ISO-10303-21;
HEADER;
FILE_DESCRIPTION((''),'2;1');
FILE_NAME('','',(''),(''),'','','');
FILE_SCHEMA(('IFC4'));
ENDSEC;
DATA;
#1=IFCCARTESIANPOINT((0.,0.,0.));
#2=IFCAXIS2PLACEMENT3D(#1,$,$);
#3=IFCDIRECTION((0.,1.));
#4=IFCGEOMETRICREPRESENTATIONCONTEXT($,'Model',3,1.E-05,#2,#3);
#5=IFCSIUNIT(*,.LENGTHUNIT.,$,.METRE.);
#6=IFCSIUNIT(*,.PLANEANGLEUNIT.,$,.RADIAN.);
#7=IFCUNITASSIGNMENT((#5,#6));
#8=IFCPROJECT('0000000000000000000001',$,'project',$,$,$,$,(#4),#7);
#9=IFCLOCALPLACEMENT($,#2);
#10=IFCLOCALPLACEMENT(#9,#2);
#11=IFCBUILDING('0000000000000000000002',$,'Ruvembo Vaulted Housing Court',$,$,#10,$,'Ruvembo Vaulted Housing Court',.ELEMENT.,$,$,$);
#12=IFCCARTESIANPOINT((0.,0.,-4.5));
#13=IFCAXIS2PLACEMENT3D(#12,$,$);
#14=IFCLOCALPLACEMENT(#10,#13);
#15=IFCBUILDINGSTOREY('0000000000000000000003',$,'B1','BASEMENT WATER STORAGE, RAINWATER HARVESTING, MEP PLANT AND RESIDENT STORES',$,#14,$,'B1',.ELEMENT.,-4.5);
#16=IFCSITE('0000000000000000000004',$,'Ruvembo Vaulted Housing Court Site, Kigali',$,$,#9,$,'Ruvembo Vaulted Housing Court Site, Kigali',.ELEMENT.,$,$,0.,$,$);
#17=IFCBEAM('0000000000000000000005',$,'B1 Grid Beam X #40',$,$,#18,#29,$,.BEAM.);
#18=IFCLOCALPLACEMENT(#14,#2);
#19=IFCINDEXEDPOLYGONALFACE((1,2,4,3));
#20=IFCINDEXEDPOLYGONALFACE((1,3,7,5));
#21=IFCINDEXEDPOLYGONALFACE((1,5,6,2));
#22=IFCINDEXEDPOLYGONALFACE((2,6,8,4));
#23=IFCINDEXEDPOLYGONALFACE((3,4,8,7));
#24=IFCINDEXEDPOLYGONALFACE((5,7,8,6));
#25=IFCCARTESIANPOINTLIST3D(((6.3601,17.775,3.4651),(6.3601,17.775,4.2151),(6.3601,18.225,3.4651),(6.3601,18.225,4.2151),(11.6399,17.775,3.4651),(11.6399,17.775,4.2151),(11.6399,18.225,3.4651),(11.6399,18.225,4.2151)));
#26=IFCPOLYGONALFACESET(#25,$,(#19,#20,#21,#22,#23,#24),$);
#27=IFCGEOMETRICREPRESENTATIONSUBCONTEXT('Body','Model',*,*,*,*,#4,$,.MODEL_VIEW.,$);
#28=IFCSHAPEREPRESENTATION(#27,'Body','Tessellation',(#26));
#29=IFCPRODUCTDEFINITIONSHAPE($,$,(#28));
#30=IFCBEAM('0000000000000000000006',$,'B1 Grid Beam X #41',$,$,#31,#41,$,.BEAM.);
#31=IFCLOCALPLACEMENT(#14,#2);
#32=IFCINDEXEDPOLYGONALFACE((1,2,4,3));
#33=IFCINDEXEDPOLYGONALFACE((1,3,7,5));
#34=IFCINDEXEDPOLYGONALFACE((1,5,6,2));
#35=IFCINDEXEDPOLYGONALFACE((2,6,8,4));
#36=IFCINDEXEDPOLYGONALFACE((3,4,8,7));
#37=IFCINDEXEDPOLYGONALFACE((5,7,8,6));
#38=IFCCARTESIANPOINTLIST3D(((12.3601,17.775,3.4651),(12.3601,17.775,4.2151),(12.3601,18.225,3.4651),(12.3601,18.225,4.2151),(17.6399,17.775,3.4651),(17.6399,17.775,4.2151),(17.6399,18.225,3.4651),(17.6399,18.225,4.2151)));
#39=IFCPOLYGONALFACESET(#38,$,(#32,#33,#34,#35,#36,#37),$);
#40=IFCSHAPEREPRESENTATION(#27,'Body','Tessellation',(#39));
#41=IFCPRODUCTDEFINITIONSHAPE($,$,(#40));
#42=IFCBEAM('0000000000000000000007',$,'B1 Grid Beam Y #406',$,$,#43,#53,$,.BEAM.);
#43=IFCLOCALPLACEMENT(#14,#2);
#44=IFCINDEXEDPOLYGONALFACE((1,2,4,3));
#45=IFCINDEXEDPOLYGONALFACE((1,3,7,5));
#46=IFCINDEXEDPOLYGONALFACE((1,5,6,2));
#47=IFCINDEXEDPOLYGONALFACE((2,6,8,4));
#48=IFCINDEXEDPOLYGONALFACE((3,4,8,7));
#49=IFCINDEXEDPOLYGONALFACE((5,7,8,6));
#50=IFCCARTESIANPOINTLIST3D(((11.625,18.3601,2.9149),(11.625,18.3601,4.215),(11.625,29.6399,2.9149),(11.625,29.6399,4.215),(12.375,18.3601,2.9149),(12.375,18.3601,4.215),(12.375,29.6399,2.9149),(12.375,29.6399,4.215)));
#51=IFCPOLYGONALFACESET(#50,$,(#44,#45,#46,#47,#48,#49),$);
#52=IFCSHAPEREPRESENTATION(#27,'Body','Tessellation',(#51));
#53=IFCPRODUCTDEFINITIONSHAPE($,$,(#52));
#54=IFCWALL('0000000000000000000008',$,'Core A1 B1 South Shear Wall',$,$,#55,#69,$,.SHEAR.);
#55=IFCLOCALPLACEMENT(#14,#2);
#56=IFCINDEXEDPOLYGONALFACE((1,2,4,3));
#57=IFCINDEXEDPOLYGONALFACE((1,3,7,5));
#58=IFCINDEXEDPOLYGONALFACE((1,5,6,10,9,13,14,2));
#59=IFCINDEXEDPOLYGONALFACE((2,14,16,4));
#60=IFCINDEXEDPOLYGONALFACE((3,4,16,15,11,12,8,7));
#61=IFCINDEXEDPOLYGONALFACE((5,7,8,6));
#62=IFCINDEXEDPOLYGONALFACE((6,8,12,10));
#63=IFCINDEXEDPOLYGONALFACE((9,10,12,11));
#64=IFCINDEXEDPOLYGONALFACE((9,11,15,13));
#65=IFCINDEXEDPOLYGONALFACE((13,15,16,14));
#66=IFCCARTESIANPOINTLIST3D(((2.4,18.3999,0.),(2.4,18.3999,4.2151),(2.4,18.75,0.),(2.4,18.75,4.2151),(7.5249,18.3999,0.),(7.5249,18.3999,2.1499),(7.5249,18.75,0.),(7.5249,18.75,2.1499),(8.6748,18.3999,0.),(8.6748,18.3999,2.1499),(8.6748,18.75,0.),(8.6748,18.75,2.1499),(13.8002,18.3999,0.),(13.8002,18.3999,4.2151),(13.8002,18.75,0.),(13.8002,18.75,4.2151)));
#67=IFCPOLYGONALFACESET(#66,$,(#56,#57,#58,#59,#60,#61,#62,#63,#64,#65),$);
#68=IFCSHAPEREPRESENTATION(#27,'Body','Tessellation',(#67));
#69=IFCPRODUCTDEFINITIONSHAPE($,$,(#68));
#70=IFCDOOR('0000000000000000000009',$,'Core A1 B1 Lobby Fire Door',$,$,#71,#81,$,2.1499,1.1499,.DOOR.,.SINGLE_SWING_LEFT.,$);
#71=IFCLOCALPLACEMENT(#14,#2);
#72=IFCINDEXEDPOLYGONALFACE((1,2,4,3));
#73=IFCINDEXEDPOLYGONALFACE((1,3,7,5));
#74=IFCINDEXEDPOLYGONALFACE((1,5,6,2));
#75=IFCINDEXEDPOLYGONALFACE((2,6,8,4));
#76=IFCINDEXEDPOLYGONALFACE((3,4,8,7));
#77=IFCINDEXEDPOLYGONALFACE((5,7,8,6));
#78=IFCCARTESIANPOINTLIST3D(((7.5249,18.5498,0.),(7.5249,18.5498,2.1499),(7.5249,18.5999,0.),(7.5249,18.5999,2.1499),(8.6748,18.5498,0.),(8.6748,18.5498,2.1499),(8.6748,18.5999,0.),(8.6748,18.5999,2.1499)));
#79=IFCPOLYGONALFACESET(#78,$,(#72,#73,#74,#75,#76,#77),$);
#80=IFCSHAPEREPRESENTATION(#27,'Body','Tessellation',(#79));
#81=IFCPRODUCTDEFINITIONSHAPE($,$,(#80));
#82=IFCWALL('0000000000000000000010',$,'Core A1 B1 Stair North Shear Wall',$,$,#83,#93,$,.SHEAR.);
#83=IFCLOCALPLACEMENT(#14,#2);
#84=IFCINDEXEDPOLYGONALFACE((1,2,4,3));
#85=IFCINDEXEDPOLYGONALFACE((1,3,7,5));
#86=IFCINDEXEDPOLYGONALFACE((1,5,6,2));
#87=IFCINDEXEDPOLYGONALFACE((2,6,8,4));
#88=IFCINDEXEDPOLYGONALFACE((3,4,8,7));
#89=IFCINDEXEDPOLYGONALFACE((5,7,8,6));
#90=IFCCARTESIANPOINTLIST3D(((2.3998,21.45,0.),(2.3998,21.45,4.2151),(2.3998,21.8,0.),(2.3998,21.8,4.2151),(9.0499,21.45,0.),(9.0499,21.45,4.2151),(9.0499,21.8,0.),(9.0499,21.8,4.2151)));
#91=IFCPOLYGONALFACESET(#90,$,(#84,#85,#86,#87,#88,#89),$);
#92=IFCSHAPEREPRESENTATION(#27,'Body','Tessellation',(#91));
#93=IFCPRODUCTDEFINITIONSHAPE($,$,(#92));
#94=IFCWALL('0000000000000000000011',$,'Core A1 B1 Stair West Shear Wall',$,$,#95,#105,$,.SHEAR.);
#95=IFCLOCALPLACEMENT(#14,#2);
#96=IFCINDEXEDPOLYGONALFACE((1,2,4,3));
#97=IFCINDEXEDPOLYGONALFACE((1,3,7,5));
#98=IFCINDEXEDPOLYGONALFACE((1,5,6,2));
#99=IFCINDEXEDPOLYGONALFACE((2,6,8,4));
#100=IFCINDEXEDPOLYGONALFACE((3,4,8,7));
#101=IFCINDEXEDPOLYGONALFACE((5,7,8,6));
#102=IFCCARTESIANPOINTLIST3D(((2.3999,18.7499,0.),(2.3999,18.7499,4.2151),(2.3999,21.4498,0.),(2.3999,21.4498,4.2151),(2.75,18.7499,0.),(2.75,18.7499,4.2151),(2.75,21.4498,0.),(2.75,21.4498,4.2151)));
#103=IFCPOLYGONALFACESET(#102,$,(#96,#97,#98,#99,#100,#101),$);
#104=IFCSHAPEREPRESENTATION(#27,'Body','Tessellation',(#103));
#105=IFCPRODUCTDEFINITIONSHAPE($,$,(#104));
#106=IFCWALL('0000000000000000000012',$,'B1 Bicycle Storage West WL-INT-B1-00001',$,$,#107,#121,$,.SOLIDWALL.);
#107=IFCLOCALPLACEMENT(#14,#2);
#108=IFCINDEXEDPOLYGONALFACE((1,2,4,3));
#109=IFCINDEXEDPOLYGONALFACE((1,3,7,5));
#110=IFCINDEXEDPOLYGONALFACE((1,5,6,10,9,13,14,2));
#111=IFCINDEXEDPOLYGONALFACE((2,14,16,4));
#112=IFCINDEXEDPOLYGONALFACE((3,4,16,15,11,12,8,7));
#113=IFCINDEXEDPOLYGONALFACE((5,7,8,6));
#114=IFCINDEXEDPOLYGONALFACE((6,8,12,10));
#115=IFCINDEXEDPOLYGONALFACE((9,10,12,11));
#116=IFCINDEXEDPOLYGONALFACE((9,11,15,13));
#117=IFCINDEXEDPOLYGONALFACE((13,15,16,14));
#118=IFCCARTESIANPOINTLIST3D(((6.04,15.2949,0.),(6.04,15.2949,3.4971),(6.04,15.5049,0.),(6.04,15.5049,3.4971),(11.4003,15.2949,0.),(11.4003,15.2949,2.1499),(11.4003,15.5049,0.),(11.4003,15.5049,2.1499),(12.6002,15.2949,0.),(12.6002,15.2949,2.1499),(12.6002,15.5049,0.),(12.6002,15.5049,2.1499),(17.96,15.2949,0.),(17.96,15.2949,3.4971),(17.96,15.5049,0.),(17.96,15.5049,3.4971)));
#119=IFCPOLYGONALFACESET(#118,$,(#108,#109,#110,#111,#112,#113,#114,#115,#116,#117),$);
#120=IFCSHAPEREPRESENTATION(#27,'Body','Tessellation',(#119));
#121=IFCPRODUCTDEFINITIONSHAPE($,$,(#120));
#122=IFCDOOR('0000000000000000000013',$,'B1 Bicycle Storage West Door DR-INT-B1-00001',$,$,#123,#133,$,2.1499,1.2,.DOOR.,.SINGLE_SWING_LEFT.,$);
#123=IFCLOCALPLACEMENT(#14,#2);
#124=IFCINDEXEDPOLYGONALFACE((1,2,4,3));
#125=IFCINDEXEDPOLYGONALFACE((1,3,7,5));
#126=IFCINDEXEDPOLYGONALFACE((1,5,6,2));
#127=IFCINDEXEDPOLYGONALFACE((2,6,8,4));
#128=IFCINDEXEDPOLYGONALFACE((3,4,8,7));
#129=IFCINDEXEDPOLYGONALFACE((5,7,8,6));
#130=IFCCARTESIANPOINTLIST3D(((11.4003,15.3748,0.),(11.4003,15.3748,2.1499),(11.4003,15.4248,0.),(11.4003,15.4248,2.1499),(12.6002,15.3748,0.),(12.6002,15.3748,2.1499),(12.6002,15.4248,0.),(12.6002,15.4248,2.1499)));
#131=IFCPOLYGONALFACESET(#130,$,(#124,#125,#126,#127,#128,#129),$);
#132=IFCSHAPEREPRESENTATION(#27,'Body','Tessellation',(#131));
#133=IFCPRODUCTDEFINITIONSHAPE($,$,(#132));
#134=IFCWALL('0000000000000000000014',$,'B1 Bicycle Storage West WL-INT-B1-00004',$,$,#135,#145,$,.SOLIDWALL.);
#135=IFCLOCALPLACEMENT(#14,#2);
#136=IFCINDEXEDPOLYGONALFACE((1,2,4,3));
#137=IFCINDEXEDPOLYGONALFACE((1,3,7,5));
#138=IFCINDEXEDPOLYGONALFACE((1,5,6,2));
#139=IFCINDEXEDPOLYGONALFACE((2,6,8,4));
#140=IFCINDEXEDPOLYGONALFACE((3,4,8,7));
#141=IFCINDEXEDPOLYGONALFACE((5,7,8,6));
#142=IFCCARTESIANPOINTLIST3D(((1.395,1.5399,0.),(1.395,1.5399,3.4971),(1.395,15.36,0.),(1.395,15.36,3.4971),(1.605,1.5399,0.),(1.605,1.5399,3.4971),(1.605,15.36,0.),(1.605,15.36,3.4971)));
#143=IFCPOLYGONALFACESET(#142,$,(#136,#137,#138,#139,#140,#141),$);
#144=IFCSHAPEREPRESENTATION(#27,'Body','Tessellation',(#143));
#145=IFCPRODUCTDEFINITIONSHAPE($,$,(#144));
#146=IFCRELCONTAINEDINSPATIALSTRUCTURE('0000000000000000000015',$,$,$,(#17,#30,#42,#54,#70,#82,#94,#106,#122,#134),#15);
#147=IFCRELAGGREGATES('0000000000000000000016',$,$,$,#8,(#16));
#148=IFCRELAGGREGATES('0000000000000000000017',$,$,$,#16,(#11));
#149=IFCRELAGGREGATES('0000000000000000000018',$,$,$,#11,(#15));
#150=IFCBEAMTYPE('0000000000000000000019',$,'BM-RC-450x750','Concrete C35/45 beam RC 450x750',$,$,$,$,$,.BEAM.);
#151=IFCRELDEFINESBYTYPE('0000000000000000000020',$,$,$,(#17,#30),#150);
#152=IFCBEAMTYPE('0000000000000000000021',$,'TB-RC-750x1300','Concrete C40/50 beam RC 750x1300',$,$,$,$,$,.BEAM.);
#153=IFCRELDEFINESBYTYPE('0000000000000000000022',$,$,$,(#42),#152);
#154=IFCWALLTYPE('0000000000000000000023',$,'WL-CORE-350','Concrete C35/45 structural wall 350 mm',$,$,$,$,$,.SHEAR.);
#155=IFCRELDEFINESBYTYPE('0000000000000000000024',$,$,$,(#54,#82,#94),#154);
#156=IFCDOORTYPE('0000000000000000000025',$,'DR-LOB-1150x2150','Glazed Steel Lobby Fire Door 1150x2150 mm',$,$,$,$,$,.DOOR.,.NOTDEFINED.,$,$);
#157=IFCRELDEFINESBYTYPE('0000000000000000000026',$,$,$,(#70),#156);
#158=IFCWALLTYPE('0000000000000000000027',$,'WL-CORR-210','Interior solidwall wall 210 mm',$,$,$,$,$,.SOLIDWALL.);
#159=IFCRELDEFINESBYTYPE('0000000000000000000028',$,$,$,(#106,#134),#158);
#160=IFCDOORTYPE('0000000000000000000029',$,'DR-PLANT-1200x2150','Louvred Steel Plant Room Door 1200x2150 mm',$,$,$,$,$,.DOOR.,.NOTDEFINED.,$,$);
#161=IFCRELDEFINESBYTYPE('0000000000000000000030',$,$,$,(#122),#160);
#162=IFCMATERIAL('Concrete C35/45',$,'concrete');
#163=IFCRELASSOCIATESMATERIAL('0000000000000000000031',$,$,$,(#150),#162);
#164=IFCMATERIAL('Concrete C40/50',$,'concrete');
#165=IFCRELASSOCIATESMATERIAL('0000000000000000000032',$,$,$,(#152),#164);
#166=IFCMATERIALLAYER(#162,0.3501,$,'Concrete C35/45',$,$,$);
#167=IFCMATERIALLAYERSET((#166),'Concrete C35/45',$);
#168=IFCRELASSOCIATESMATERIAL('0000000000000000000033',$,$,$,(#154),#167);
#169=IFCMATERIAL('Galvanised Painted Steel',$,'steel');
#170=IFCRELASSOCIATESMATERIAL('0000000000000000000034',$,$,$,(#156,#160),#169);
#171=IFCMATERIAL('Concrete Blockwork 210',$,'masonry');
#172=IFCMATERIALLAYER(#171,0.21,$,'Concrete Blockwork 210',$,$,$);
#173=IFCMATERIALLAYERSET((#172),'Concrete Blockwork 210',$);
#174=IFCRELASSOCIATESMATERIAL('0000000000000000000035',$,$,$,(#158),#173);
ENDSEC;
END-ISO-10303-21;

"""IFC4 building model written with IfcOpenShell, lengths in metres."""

from ifc_helpers import new_model, si_unit, direction, frame, frame_2d, origin, origin_2d, place, context, subcontext, project, spatial, rectangle, extrude, material, layer, layer_set, material_profile, profile_set, type_object, element, fill, save


model = new_model("IFC4")

# Units and contexts
model_context = context("Model", 3, precision=1e-05, world=origin(), true_north=direction((0.0, 1.0)))
body_context = subcontext(model_context, "Body", "Model", "MODEL_VIEW")
ifc_project = project(units=[si_unit("LENGTHUNIT", "METRE"), si_unit("PLANEANGLEUNIT", "RADIAN")], contexts=[model_context])

# Site, building, storey
site_placement = place(None, origin())
site = spatial("IfcSite", under=ifc_project, at=site_placement, Name="Ruvembo Vaulted Housing Court Site, Kigali", LongName="Ruvembo Vaulted Housing Court Site, Kigali", CompositionType="ELEMENT", RefElevation=0.0)
building_placement = place(site_placement, origin())
building = spatial("IfcBuilding", under=site, at=building_placement, Name="Ruvembo Vaulted Housing Court", LongName="Ruvembo Vaulted Housing Court", CompositionType="ELEMENT")
storey_placement = place(building_placement, frame((0.0, 0.0, -4.5)))
storey = spatial("IfcBuildingStorey", under=building, at=storey_placement, Name="B1", Description="BASEMENT WATER STORAGE, RAINWATER HARVESTING, MEP PLANT AND RESIDENT STORES", LongName="B1", CompositionType="ELEMENT", Elevation=-4.5)

# Shared definitions
ifc_material_1 = material(Name="Concrete C40/50", Category="concrete")

# Beams
ifc_material_2 = material(Name="Concrete C35/45", Category="concrete")
ifc_material_profile_1 = material_profile(ifc_material_2, rectangle(XDim=0.45, YDim=0.75, at=origin_2d()), Name="RC 450x750")
ifc_profile_set_1 = profile_set([ifc_material_profile_1], Name="Concrete C35/45")
beam_type_1 = type_object("IfcBeamType", Name="BM-RC-450x750", Description="Concrete C35/45 beam RC 450x750", PredefinedType="BEAM", material=ifc_profile_set_1)
for number, where, z_axis, x_axis, name in (
    (1, (6.3601, 18.0, 3.8401), (1.0, 0.0, 0.0), (0.0, 1.0, 0.0), "B1 Grid Beam X #40"),
    (2, (12.3601, 18.0, 3.8401), (1.0, 0.0, 0.0), (0.0, 1.0, 0.0), "B1 Grid Beam X #41"),
):
    element("IfcBeam", number, at=place(storey_placement, frame(where, z_axis=z_axis, x_axis=x_axis)), inside=storey, type_object=beam_type_1, Name=name, PredefinedType="BEAM", context=body_context, shape_type="SweptSolid", body=[
        extrude(rectangle(XDim=0.45, YDim=0.75, at=origin_2d()), origin(), (0.0, 0.0, 1.0), 5.2798),
    ])
ifc_material_profile_2 = material_profile(ifc_material_1, rectangle(XDim=0.75, YDim=1.3, at=origin_2d()), Name="RC 750x1300")
ifc_profile_set_2 = profile_set([ifc_material_profile_2], Name="Concrete C40/50")
beam_type_2 = type_object("IfcBeamType", Name="TB-RC-750x1300", Description="Concrete C40/50 beam RC 750x1300", PredefinedType="BEAM", material=ifc_profile_set_2)
beam_1_placement = place(storey_placement, frame((12.0, 18.3601, 3.5649), z_axis=(0.0, 1.0, 0.0), x_axis=(-1.0, 0.0, 0.0)))
element("IfcBeam", 3, at=beam_1_placement, inside=storey, type_object=beam_type_2, Name="B1 Grid Beam Y #406", PredefinedType="BEAM", context=body_context, shape_type="SweptSolid", body=[
    extrude(rectangle(XDim=0.75, YDim=1.3, at=origin_2d()), origin(), (0.0, 0.0, 1.0), 11.2798),
])

# Wall, opening, door
ifc_material_3 = material(Name="Galvanised Painted Steel", Category="steel")
ifc_layer_1 = layer(ifc_material_2, 0.3501, Name="Concrete C35/45")
ifc_layer_set_1 = layer_set([ifc_layer_1], Name="Concrete C35/45")
wall_type_1 = type_object("IfcWallType", Name="WL-CORE-350", Description="Concrete C35/45 structural wall 350 mm", PredefinedType="SHEAR", material=ifc_layer_set_1)
wall_1_placement = place(storey_placement, frame((2.3999, 18.575, 0.0), z_axis=(0.0, 0.0, 1.0), x_axis=(1.0, 0.0, 0.0)))
wall_1 = element("IfcWall", 4, at=wall_1_placement, inside=storey, type_object=wall_type_1, Name="Core A1 B1 South Shear Wall", PredefinedType="SHEAR", context=body_context, shape_type="SweptSolid", body=[
    extrude(rectangle(XDim=11.4001, YDim=0.3501, at=frame_2d((5.7002, 0.0))), origin(), (0.0, 0.0, 1.0), 4.2151),
])
opening_1_placement = place(wall_1_placement, frame((5.125, 0.0, 0.0)))
opening_1 = element("IfcOpeningElement", 5, at=opening_1_placement, cuts=wall_1, PredefinedType="OPENING", context=body_context, shape_type="SweptSolid", body=[
    extrude(rectangle(XDim=1.1499, YDim=2.1499, at=frame_2d((0.575, 1.075))), frame((0.0, 0.1851, 0.0), z_axis=(0.0, -1.0, 0.0), x_axis=(1.0, 0.0, 0.0)), (0.0, 0.0, 1.0), 0.3701),
])
door_type_1 = type_object("IfcDoorType", Name="DR-LOB-1150x2150", Description="Glazed Steel Lobby Fire Door 1150x2150 mm", OperationType="NOTDEFINED", PredefinedType="DOOR", material=ifc_material_3)
door_1_placement = place(opening_1_placement, origin())
door_1 = element("IfcDoor", 6, at=door_1_placement, inside=storey, type_object=door_type_1, Name="Core A1 B1 Lobby Fire Door", OperationType="SINGLE_SWING_LEFT", OverallHeight=2.1499, OverallWidth=1.1499, PredefinedType="DOOR", context=body_context, shape_type="SweptSolid", body=[
    extrude(rectangle(XDim=1.1499, YDim=2.1499, at=frame_2d((0.575, 1.075))), frame((0.0, 0.0249, 0.0), z_axis=(0.0, -1.0, 0.0), x_axis=(1.0, 0.0, 0.0)), (0.0, 0.0, 1.0), 0.05),
])
fill(opening_1, door_1)

# Walls
wall_2_placement = place(storey_placement, frame((9.05, 21.625, 0.0), z_axis=(0.0, 0.0, 1.0), x_axis=(-1.0, 0.0, 0.0)))
element("IfcWall", 7, at=wall_2_placement, inside=storey, type_object=wall_type_1, Name="Core A1 B1 Stair North Shear Wall", PredefinedType="SHEAR", context=body_context, shape_type="SweptSolid", body=[
    extrude(rectangle(XDim=6.6501, YDim=0.3501, at=frame_2d((3.3252, 0.0))), origin(), (0.0, 0.0, 1.0), 4.2151),
])
wall_3_placement = place(storey_placement, frame((2.575, 21.45, 0.0), z_axis=(0.0, 0.0, 1.0), x_axis=(0.0, -1.0, 0.0)))
element("IfcWall", 8, at=wall_3_placement, inside=storey, type_object=wall_type_1, Name="Core A1 B1 Stair West Shear Wall", PredefinedType="SHEAR", context=body_context, shape_type="SweptSolid", body=[
    extrude(rectangle(XDim=2.7, YDim=0.3501, at=frame_2d((1.3501, 0.0))), origin(), (0.0, 0.0, 1.0), 4.2151),
])

# Wall, opening, door
ifc_material_4 = material(Name="Concrete Blockwork 210", Category="masonry")
ifc_layer_2 = layer(ifc_material_4, 0.21, Name="Concrete Blockwork 210")
ifc_layer_set_2 = layer_set([ifc_layer_2], Name="Concrete Blockwork 210")
wall_type_2 = type_object("IfcWallType", Name="WL-CORR-210", Description="Interior solidwall wall 210 mm", PredefinedType="SOLIDWALL", material=ifc_layer_set_2)
wall_4_placement = place(storey_placement, frame((6.04, 15.3999, 0.0), z_axis=(0.0, 0.0, 1.0), x_axis=(1.0, 0.0, 0.0)))
wall_4 = element("IfcWall", 9, at=wall_4_placement, inside=storey, type_object=wall_type_2, Name="B1 Bicycle Storage West WL-INT-B1-00001", PredefinedType="SOLIDWALL", context=body_context, shape_type="SweptSolid", body=[
    extrude(rectangle(XDim=11.9199, YDim=0.21, at=frame_2d((5.96, 0.0))), origin(), (0.0, 0.0, 1.0), 3.4971),
])
opening_2_placement = place(wall_4_placement, frame((5.3601, 0.0, 0.0)))
opening_2 = element("IfcOpeningElement", 10, at=opening_2_placement, cuts=wall_4, PredefinedType="OPENING", context=body_context, shape_type="SweptSolid", body=[
    extrude(rectangle(XDim=1.2, YDim=2.1499, at=frame_2d((0.6001, 1.075))), frame((0.0, 0.115, 0.0), z_axis=(0.0, -1.0, 0.0), x_axis=(1.0, 0.0, 0.0)), (0.0, 0.0, 1.0), 0.23),
])
door_type_2 = type_object("IfcDoorType", Name="DR-PLANT-1200x2150", Description="Louvred Steel Plant Room Door 1200x2150 mm", OperationType="NOTDEFINED", PredefinedType="DOOR", material=ifc_material_3)
door_2_placement = place(opening_2_placement, origin())
door_2 = element("IfcDoor", 11, at=door_2_placement, inside=storey, type_object=door_type_2, Name="B1 Bicycle Storage West Door DR-INT-B1-00001", OperationType="SINGLE_SWING_LEFT", OverallHeight=2.1499, OverallWidth=1.2, PredefinedType="DOOR", context=body_context, shape_type="SweptSolid", body=[
    extrude(rectangle(XDim=1.2, YDim=2.1499, at=frame_2d((0.6001, 1.075))), frame((0.0, 0.0249, 0.0), z_axis=(0.0, -1.0, 0.0), x_axis=(1.0, 0.0, 0.0)), (0.0, 0.0, 1.0), 0.05),
])
fill(opening_2, door_2)

# Wall
wall_5_placement = place(storey_placement, frame((1.5, 15.3601, 0.0), z_axis=(0.0, 0.0, 1.0), x_axis=(0.0, -1.0, 0.0)))
element("IfcWall", 12, at=wall_5_placement, inside=storey, type_object=wall_type_2, Name="B1 Bicycle Storage West WL-INT-B1-00004", PredefinedType="SOLIDWALL", context=body_context, shape_type="SweptSolid", body=[
    extrude(rectangle(XDim=13.8201, YDim=0.21, at=frame_2d((6.9102, 0.0))), origin(), (0.0, 0.0, 1.0), 3.4971),
])

save(model, "model.ifc")
